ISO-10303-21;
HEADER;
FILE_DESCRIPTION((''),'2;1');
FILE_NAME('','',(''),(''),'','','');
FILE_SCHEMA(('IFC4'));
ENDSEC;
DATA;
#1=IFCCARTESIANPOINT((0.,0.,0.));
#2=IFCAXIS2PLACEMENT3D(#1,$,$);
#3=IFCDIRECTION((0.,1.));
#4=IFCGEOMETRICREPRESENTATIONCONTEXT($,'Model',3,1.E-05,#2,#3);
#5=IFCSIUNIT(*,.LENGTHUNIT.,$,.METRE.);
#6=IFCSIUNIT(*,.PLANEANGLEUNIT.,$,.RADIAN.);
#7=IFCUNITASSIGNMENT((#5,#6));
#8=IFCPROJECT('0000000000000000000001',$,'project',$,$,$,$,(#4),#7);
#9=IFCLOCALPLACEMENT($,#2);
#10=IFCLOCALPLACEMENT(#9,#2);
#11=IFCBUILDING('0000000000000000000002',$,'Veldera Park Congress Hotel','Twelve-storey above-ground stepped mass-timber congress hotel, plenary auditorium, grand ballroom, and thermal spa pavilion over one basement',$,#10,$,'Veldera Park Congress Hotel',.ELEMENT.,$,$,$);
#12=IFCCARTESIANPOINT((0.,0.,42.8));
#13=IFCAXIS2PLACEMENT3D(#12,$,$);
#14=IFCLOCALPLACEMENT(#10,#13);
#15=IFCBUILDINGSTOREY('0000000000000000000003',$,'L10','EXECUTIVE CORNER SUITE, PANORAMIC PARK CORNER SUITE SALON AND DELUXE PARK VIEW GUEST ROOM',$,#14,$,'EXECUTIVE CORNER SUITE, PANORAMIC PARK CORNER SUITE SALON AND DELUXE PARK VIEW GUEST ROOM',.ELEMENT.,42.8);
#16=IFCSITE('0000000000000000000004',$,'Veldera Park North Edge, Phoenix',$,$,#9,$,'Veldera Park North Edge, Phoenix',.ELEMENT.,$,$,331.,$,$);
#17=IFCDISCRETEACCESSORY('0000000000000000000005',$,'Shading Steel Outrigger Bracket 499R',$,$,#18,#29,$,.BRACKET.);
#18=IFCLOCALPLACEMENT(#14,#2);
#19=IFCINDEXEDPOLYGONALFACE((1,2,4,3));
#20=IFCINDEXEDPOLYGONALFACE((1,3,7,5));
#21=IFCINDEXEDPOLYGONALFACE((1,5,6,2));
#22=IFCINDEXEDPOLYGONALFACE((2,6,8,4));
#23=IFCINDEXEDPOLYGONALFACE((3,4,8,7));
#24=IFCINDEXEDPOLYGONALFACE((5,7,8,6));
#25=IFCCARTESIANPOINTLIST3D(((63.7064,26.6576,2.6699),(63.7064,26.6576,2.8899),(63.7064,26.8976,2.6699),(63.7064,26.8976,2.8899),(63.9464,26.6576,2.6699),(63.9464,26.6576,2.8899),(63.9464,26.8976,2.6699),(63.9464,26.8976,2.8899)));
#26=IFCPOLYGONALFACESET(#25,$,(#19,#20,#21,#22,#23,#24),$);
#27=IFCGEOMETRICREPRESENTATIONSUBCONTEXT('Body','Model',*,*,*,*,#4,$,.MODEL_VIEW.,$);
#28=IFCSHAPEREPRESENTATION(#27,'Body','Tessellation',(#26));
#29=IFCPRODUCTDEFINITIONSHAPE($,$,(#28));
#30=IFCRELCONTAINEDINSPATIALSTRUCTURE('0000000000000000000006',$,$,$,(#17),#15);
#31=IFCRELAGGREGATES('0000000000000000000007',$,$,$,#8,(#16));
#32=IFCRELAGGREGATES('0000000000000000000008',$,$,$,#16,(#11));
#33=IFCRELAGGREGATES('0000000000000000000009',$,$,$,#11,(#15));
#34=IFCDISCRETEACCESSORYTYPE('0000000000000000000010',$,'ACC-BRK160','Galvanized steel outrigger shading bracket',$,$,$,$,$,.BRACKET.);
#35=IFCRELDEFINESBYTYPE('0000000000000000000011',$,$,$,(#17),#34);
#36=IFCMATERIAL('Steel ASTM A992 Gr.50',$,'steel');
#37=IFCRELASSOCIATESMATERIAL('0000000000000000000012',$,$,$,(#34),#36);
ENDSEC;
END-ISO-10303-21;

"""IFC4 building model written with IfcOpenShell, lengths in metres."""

from ifc_helpers import new_model, si_unit, direction, frame, origin, origin_2d, place, context, subcontext, project, spatial, rectangle, extrude, material, type_object, element, save


model = new_model("IFC4")

# Units and contexts
model_context = context("Model", 3, precision=1e-05, world=origin(), true_north=direction((0.0, 1.0)))
body_context = subcontext(model_context, "Body", "Model", "MODEL_VIEW")
ifc_project = project(units=[si_unit("LENGTHUNIT", "METRE"), si_unit("PLANEANGLEUNIT", "RADIAN")], contexts=[model_context])

# Site, building, storey
site_placement = place(None, origin())
site = spatial("IfcSite", under=ifc_project, at=site_placement, Name="Veldera Park North Edge, Phoenix", LongName="Veldera Park North Edge, Phoenix", CompositionType="ELEMENT", RefElevation=331.0)
building_placement = place(site_placement, origin())
building = spatial("IfcBuilding", under=site, at=building_placement, Name="Veldera Park Congress Hotel", Description="Twelve-storey above-ground stepped mass-timber congress hotel, plenary auditorium, grand ballroom, and thermal spa pavilion over one basement", LongName="Veldera Park Congress Hotel", CompositionType="ELEMENT")
storey_placement = place(building_placement, frame((0.0, 0.0, 42.8)))
storey = spatial("IfcBuildingStorey", under=building, at=storey_placement, Name="L10", Description="EXECUTIVE CORNER SUITE, PANORAMIC PARK CORNER SUITE SALON AND DELUXE PARK VIEW GUEST ROOM", LongName="EXECUTIVE CORNER SUITE, PANORAMIC PARK CORNER SUITE SALON AND DELUXE PARK VIEW GUEST ROOM", CompositionType="ELEMENT", Elevation=42.8)

# Discrete accessory
ifc_material_1 = material(Name="Steel ASTM A992 Gr.50", Category="steel")
discrete_accessory_type = type_object("IfcDiscreteAccessoryType", Name="ACC-BRK160", Description="Galvanized steel outrigger shading bracket", PredefinedType="BRACKET", material=ifc_material_1)
for number, where, z_axis, x_axis, name in (
    (1, (63.8264, 26.7776, 2.6699), (0.0, 0.0, 1.0), (1.0, 0.0, 0.0), "Shading Steel Outrigger Bracket 499R"),
):
    element("IfcDiscreteAccessory", number, at=place(storey_placement, frame(where, z_axis=z_axis, x_axis=x_axis)), inside=storey, type_object=discrete_accessory_type, Name=name, PredefinedType="BRACKET", context=body_context, shape_type="SweptSolid", body=[
        extrude(rectangle(XDim=0.24, YDim=0.24, at=origin_2d()), origin(), (0.0, 0.0, 1.0), 0.22),
    ])

save(model, "model.ifc")
